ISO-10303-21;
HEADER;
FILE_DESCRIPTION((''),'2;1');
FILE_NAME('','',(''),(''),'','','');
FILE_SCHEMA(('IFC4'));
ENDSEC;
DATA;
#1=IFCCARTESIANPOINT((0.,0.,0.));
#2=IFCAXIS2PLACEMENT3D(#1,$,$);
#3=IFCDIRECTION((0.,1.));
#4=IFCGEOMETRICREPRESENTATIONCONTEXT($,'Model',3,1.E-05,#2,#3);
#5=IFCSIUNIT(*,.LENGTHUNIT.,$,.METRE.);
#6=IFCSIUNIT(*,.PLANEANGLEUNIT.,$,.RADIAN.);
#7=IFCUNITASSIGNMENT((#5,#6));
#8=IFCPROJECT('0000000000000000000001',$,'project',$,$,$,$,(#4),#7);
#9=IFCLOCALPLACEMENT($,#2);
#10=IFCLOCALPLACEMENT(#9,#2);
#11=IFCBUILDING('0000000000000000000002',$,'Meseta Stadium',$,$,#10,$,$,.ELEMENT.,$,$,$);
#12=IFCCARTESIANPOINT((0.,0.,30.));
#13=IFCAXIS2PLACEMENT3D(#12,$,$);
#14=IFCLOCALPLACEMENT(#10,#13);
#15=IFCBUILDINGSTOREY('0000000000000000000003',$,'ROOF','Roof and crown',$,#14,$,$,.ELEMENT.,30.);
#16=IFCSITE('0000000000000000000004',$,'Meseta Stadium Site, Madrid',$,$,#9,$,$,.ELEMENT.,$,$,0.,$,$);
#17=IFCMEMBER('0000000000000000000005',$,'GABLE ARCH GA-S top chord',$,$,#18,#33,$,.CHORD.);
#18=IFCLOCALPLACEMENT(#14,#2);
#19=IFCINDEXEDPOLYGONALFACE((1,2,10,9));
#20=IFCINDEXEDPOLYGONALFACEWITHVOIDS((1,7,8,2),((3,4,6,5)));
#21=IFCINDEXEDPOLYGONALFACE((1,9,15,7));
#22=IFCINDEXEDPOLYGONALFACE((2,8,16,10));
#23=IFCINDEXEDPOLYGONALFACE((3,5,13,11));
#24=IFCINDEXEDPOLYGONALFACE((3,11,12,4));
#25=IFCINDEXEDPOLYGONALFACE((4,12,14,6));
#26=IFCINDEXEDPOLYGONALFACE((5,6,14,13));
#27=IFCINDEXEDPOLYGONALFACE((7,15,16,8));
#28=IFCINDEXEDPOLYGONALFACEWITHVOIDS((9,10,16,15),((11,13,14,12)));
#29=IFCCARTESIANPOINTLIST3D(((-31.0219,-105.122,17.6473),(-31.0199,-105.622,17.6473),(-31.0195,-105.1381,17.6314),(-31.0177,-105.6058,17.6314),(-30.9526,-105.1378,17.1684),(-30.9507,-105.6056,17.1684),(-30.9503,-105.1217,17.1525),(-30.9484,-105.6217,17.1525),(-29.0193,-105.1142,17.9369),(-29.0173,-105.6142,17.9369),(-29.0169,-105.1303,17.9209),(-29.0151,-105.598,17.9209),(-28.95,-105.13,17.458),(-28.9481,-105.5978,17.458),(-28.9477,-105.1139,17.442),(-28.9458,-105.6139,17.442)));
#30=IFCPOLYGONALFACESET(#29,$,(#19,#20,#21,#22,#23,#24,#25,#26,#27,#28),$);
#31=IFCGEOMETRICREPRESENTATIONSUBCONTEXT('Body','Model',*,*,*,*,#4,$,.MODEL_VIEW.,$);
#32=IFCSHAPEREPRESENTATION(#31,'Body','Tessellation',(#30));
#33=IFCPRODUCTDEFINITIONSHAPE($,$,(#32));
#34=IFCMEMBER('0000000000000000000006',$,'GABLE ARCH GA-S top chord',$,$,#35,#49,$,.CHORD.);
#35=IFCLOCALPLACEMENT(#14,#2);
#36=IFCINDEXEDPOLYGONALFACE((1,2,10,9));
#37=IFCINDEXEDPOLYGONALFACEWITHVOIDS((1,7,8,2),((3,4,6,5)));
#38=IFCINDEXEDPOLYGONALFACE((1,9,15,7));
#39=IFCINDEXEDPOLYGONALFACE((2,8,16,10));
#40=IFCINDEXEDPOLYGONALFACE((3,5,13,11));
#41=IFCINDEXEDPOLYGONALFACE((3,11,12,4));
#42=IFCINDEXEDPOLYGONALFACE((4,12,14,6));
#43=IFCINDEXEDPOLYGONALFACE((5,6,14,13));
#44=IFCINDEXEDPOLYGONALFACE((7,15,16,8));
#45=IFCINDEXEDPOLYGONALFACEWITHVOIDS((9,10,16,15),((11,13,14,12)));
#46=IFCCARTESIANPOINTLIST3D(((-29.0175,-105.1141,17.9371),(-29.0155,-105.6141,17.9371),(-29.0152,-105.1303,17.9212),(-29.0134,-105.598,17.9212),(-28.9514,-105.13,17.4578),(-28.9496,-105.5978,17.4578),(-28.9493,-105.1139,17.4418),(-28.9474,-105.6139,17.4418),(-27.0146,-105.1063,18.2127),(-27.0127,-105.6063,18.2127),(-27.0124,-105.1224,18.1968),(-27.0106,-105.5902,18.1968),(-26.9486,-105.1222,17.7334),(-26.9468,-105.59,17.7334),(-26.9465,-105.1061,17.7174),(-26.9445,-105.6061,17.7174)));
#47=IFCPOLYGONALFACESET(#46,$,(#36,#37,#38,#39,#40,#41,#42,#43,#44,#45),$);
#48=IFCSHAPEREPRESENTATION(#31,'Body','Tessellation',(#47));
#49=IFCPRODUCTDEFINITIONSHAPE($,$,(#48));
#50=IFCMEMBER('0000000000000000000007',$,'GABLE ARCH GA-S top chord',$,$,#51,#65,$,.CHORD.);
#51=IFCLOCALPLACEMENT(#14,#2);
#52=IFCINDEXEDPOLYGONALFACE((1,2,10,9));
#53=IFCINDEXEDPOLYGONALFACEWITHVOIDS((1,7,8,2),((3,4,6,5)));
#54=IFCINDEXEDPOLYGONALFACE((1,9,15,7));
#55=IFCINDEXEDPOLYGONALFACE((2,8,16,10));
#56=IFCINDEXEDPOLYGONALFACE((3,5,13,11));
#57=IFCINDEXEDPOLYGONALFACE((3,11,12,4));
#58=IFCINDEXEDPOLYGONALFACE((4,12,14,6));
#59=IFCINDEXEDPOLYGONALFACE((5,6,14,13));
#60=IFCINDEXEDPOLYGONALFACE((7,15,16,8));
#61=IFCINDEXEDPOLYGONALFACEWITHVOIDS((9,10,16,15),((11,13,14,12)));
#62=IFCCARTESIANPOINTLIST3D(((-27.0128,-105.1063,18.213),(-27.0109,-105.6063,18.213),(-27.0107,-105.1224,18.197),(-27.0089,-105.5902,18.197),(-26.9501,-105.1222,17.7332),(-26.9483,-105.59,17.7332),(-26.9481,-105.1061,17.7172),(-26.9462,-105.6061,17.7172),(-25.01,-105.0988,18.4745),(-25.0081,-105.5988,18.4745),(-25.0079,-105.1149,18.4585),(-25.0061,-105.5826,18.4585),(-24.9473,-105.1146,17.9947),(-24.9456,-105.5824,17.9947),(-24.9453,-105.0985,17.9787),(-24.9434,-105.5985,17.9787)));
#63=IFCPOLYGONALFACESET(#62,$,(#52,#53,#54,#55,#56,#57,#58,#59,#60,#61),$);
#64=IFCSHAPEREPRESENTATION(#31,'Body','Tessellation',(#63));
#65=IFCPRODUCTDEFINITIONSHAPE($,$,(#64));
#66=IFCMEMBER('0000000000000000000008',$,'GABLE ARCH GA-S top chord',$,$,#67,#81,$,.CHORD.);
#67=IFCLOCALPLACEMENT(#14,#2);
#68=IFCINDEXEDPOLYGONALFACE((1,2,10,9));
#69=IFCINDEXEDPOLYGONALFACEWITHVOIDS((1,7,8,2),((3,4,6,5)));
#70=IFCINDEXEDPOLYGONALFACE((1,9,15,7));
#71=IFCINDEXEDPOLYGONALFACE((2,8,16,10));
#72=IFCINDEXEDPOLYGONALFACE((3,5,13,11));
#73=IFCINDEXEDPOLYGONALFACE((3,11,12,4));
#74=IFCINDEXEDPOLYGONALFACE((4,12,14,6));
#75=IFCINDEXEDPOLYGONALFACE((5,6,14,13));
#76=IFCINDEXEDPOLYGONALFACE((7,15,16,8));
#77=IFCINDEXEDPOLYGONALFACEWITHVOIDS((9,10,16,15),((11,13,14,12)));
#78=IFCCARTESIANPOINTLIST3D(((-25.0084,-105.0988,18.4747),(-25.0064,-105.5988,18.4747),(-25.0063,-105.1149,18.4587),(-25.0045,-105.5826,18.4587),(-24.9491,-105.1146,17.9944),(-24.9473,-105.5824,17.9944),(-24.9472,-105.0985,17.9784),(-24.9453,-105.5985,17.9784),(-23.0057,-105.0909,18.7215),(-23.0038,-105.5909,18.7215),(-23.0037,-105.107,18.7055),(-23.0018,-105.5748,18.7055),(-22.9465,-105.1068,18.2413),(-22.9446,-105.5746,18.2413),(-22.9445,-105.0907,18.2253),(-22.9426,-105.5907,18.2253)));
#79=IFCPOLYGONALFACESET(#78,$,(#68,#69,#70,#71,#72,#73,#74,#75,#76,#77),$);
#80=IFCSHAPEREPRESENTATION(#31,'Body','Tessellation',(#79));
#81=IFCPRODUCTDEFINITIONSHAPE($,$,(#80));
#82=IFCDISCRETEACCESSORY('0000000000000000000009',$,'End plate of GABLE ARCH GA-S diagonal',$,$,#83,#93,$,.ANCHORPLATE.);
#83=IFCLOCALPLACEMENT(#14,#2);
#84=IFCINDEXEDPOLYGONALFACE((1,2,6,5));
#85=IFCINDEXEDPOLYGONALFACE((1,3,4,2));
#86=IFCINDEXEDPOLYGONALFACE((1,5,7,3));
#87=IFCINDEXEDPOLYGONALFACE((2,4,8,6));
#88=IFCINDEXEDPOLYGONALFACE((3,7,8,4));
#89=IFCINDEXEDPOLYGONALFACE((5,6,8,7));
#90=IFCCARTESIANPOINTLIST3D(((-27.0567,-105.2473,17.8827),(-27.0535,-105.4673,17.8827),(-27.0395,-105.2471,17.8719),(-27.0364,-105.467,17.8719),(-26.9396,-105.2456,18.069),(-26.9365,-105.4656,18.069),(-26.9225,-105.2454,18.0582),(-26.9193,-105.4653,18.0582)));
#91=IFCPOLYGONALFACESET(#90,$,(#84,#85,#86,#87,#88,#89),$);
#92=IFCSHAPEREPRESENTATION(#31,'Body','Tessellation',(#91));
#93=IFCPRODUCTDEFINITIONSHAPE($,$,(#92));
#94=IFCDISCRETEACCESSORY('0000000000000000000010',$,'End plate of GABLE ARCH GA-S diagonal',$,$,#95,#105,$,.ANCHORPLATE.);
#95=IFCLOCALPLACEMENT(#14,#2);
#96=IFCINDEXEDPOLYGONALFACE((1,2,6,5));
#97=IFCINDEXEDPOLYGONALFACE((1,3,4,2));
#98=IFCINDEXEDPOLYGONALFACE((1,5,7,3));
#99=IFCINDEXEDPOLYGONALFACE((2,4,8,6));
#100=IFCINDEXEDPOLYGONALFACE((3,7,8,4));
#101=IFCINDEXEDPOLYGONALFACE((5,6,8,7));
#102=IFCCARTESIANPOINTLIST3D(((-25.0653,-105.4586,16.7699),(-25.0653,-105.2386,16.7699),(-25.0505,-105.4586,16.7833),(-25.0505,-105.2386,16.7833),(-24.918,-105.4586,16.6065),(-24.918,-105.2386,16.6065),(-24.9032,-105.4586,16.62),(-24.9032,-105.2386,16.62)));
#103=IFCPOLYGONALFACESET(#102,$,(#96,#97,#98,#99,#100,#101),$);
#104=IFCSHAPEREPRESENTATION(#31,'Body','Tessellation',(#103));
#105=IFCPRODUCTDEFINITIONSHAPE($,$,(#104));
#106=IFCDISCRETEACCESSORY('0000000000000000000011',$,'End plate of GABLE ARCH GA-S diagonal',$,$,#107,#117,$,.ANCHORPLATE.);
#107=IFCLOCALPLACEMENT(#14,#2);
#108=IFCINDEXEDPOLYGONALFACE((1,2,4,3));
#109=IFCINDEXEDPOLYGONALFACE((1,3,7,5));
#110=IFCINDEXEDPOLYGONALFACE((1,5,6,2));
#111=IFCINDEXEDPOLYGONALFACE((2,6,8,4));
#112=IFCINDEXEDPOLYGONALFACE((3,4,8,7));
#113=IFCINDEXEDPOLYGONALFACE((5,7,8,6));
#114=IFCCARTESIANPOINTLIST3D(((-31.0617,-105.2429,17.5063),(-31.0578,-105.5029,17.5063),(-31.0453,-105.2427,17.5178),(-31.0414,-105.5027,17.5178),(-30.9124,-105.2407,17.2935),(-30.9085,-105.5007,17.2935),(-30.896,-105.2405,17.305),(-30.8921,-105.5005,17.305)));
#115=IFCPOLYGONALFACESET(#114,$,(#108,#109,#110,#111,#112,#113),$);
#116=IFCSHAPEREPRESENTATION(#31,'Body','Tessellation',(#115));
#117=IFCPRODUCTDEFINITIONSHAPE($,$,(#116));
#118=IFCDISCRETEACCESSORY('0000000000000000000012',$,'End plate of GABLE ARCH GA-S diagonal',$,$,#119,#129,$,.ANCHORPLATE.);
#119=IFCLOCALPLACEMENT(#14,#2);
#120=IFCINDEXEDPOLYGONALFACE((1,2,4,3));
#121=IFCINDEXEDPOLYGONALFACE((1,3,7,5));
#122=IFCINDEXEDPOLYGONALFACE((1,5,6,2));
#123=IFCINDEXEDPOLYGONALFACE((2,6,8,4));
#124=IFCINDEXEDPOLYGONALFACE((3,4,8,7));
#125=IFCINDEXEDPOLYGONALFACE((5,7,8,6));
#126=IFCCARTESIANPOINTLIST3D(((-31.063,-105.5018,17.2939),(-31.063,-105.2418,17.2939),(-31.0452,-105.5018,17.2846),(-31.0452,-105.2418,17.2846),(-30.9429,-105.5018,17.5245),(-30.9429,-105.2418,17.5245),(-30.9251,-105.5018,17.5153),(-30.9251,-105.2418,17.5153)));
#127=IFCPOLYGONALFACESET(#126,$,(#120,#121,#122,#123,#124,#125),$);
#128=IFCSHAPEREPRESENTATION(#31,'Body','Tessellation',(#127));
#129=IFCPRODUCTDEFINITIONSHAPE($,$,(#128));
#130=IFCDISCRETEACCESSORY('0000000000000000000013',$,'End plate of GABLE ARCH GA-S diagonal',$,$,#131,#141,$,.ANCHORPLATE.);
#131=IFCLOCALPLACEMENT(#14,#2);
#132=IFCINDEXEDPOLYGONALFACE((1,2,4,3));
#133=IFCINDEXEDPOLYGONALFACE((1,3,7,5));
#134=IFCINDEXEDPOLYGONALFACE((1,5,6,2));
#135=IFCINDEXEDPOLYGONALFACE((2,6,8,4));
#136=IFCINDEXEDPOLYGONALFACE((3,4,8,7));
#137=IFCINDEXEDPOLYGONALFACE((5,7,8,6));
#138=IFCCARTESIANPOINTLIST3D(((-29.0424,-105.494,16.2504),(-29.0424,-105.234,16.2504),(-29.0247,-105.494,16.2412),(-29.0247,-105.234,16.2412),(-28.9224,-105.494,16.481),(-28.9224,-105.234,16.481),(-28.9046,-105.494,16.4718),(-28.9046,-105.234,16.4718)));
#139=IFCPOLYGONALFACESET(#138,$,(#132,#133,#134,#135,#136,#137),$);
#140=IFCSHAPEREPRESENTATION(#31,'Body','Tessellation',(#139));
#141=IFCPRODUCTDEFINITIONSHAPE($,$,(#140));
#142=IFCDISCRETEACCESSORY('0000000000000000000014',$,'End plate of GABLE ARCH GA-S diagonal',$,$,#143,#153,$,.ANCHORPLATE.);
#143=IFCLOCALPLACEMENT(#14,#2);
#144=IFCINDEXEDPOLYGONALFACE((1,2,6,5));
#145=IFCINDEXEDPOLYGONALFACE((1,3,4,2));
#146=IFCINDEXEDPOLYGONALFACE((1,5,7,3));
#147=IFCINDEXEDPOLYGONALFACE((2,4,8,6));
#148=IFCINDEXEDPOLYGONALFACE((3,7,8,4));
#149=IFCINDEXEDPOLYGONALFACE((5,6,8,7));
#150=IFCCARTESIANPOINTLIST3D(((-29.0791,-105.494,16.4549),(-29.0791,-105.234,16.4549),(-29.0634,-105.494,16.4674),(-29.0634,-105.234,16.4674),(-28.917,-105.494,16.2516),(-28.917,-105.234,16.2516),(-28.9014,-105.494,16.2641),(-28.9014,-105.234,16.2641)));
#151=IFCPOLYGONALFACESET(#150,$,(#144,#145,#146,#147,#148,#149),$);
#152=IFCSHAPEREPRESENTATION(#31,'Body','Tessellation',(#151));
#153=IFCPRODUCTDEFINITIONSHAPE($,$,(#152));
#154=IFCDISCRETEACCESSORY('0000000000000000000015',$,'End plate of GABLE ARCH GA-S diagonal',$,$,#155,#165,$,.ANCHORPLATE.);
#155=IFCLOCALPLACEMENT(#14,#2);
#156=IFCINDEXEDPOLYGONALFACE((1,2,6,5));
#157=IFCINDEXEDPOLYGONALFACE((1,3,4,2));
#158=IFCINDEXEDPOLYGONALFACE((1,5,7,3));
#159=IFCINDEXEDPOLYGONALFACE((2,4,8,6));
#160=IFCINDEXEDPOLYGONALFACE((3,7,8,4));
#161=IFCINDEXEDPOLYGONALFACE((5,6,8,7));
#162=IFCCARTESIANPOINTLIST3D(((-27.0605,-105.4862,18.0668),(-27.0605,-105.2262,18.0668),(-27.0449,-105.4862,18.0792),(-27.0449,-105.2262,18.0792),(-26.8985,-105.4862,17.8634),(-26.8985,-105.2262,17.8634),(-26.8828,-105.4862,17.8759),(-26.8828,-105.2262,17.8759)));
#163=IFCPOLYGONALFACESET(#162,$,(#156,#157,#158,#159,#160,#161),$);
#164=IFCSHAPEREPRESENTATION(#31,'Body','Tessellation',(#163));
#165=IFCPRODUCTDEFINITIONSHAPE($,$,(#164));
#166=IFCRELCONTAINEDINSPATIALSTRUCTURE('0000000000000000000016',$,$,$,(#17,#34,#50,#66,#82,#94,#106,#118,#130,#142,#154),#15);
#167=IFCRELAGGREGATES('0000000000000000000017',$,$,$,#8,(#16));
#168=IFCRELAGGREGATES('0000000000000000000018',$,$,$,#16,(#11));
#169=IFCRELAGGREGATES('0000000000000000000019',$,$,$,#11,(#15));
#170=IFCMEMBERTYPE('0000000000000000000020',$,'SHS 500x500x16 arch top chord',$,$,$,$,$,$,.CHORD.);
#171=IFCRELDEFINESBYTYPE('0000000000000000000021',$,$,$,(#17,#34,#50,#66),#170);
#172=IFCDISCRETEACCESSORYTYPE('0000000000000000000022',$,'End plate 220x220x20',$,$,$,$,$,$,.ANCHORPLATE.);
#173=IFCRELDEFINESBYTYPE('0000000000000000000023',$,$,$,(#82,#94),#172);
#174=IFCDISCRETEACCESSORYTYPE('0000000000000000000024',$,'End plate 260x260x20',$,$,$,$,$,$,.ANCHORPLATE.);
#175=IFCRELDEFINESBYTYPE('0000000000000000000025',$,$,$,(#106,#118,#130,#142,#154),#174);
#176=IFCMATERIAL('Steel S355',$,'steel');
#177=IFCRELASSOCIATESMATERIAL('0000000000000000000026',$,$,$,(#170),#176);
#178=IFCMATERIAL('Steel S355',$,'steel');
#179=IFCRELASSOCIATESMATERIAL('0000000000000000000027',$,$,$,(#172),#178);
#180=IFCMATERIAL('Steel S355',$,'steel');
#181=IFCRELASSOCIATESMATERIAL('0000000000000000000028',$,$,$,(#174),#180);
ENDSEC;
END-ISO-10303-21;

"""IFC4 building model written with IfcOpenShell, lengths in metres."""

from ifc_helpers import new_model, si_unit, direction, frame, origin, origin_2d, place, context, subcontext, project, spatial, rectangle, hollow_rectangle, extrude, material, material_profile, profile_set, type_object, element, save


model = new_model("IFC4")

# Units and contexts
model_context = context("Model", 3, precision=1e-05, world=origin(), true_north=direction((0.0, 1.0)))
body_context = subcontext(model_context, "Body", "Model", "MODEL_VIEW")
ifc_project = project(units=[si_unit("LENGTHUNIT", "METRE"), si_unit("PLANEANGLEUNIT", "RADIAN")], contexts=[model_context])

# Site, building, storey
site_placement = place(None, origin())
site = spatial("IfcSite", under=ifc_project, at=site_placement, Name="Meseta Stadium Site, Madrid", CompositionType="ELEMENT", RefElevation=0.0)
building_placement = place(site_placement, origin())
building = spatial("IfcBuilding", under=site, at=building_placement, Name="Meseta Stadium", CompositionType="ELEMENT")
storey_placement = place(building_placement, frame((0.0, 0.0, 30.0)))
storey = spatial("IfcBuildingStorey", under=building, at=storey_placement, Name="ROOF", Description="Roof and crown", CompositionType="ELEMENT", Elevation=30.0)

# Members
ifc_material_1 = material(Name="Steel S355", Category="steel")
ifc_material_profile_1 = material_profile(ifc_material_1, hollow_rectangle(XDim=0.5, YDim=0.5, WallThickness=0.0161, at=origin_2d()), Name="SHS 500x500x16")
ifc_profile_set_1 = profile_set([ifc_material_profile_1], Name="Steel S355")
member_type_1 = type_object("IfcMemberType", Name="SHS 500x500x16 arch top chord", PredefinedType="CHORD", material=ifc_profile_set_1)
member_1_placement = place(storey_placement, frame((-30.9851, -105.3718, 17.3999), z_axis=(0.989702, 0.003861, 0.143092), x_axis=(-0.003901, 0.999992, 0.0)))
element("IfcMember", 1, at=member_1_placement, inside=storey, type_object=member_type_1, Name="GABLE ARCH GA-S top chord", PredefinedType="CHORD", context=body_context, shape_type="SweptSolid", body=[
    extrude(hollow_rectangle(XDim=0.5, YDim=0.5, WallThickness=0.0161, at=origin_2d()), origin(), (0.0, 0.0, 1.0), 2.0234),
])
member_2_placement = place(storey_placement, frame((-28.9824, -105.364, 17.6895), z_axis=(0.990656, 0.003864, 0.13633), x_axis=(-0.003901, 0.999992, 0.0)))
element("IfcMember", 2, at=member_2_placement, inside=storey, type_object=member_type_1, Name="GABLE ARCH GA-S top chord", PredefinedType="CHORD", context=body_context, shape_type="SweptSolid", body=[
    extrude(hollow_rectangle(XDim=0.5, YDim=0.5, WallThickness=0.0161, at=origin_2d()), origin(), (0.0, 0.0, 1.0), 2.0217),
])
member_3_placement = place(storey_placement, frame((-26.9795, -105.3562, 17.9651), z_axis=(0.991577, 0.003747, 0.129462), x_axis=(-0.003779, 0.999993, 0.0)))
element("IfcMember", 3, at=member_3_placement, inside=storey, type_object=member_type_1, Name="GABLE ARCH GA-S top chord", PredefinedType="CHORD", context=body_context, shape_type="SweptSolid", body=[
    extrude(hollow_rectangle(XDim=0.5, YDim=0.5, WallThickness=0.0161, at=origin_2d()), origin(), (0.0, 0.0, 1.0), 2.0198),
])
member_4_placement = place(storey_placement, frame((-24.9768, -105.3486, 18.2266), z_axis=(0.992483, 0.003872, 0.122321), x_axis=(-0.003901, 0.999992, 0.0)))
element("IfcMember", 4, at=member_4_placement, inside=storey, type_object=member_type_1, Name="GABLE ARCH GA-S top chord", PredefinedType="CHORD", context=body_context, shape_type="SweptSolid", body=[
    extrude(hollow_rectangle(XDim=0.5, YDim=0.5, WallThickness=0.0161, at=origin_2d()), origin(), (0.0, 0.0, 1.0), 2.0178),
])

# Discrete accessories
ifc_material_2 = material(Name="Steel S355", Category="steel")
ifc_material_profile_2 = material_profile(ifc_material_2, rectangle(XDim=0.22, YDim=0.22, at=origin_2d()), Name="PL 220x220")
ifc_profile_set_2 = profile_set([ifc_material_profile_2], Name="Steel S355")
discrete_accessory_type_1 = type_object("IfcDiscreteAccessoryType", Name="End plate 220x220x20", PredefinedType="ANCHORPLATE", material=ifc_profile_set_2)
discrete_accessory_1_placement = place(storey_placement, frame((-26.9966, -105.3564, 17.9758), z_axis=(0.846575, 0.012094, -0.532133), x_axis=(-0.014284, 0.999898, 0.0)))
element("IfcDiscreteAccessory", 5, at=discrete_accessory_1_placement, inside=storey, type_object=discrete_accessory_type_1, Name="End plate of GABLE ARCH GA-S diagonal", PredefinedType="ANCHORPLATE", context=body_context, shape_type="SweptSolid", body=[
    extrude(rectangle(XDim=0.22, YDim=0.22, at=origin_2d()), origin(), (0.0, 0.0, 1.0), 0.0203),
])
discrete_accessory_2_placement = place(storey_placement, frame((-24.9917, -105.3486, 16.6882), z_axis=(0.742688, 0.0, 0.669637), x_axis=(0.0, 1.0, 0.0)))
element("IfcDiscreteAccessory", 6, at=discrete_accessory_2_placement, inside=storey, type_object=discrete_accessory_type_1, Name="End plate of GABLE ARCH GA-S diagonal", PredefinedType="ANCHORPLATE", context=body_context, shape_type="SweptSolid", body=[
    extrude(rectangle(XDim=0.22, YDim=0.22, at=origin_2d()), origin(), (0.0, 0.0, 1.0), 0.02),
])
ifc_material_3 = material(Name="Steel S355", Category="steel")
ifc_material_profile_3 = material_profile(ifc_material_3, rectangle(XDim=0.26, YDim=0.26, at=origin_2d()), Name="PL 260x260")
ifc_profile_set_3 = profile_set([ifc_material_profile_3], Name="Steel S355")
discrete_accessory_type_2 = type_object("IfcDiscreteAccessoryType", Name="End plate 260x260x20", PredefinedType="ANCHORPLATE", material=ifc_profile_set_3)
for number, where, z_axis, x_axis, name in (
    (7, (-30.9851, -105.3718, 17.3999), (0.818596, 0.012218, 0.574239), (-0.014924, 0.999889, 0.0), "End plate of GABLE ARCH GA-S diagonal"),
    (8, (-31.0029, -105.3718, 17.4092), (0.887018, 0.0, -0.461735), (0.0, 1.0, 0.0), "End plate of GABLE ARCH GA-S diagonal"),
    (9, (-28.9824, -105.364, 16.3657), (0.887018, 0.0, -0.461735), (0.0, 1.0, 0.0), "End plate of GABLE ARCH GA-S diagonal"),
    (10, (-28.998, -105.364, 16.3533), (0.78206, 0.0, 0.623204), (0.0, 1.0, 0.0), "End plate of GABLE ARCH GA-S diagonal"),
    (11, (-26.9795, -105.3562, 17.9651), (0.78206, 0.0, 0.623204), (0.0, 1.0, 0.0), "End plate of GABLE ARCH GA-S diagonal"),
):
    element("IfcDiscreteAccessory", number, at=place(storey_placement, frame(where, z_axis=z_axis, x_axis=x_axis)), inside=storey, type_object=discrete_accessory_type_2, Name=name, PredefinedType="ANCHORPLATE", context=body_context, shape_type="SweptSolid", body=[
        extrude(rectangle(XDim=0.26, YDim=0.26, at=origin_2d()), origin(), (0.0, 0.0, 1.0), 0.02),
    ])

save(model, "model.ifc")
